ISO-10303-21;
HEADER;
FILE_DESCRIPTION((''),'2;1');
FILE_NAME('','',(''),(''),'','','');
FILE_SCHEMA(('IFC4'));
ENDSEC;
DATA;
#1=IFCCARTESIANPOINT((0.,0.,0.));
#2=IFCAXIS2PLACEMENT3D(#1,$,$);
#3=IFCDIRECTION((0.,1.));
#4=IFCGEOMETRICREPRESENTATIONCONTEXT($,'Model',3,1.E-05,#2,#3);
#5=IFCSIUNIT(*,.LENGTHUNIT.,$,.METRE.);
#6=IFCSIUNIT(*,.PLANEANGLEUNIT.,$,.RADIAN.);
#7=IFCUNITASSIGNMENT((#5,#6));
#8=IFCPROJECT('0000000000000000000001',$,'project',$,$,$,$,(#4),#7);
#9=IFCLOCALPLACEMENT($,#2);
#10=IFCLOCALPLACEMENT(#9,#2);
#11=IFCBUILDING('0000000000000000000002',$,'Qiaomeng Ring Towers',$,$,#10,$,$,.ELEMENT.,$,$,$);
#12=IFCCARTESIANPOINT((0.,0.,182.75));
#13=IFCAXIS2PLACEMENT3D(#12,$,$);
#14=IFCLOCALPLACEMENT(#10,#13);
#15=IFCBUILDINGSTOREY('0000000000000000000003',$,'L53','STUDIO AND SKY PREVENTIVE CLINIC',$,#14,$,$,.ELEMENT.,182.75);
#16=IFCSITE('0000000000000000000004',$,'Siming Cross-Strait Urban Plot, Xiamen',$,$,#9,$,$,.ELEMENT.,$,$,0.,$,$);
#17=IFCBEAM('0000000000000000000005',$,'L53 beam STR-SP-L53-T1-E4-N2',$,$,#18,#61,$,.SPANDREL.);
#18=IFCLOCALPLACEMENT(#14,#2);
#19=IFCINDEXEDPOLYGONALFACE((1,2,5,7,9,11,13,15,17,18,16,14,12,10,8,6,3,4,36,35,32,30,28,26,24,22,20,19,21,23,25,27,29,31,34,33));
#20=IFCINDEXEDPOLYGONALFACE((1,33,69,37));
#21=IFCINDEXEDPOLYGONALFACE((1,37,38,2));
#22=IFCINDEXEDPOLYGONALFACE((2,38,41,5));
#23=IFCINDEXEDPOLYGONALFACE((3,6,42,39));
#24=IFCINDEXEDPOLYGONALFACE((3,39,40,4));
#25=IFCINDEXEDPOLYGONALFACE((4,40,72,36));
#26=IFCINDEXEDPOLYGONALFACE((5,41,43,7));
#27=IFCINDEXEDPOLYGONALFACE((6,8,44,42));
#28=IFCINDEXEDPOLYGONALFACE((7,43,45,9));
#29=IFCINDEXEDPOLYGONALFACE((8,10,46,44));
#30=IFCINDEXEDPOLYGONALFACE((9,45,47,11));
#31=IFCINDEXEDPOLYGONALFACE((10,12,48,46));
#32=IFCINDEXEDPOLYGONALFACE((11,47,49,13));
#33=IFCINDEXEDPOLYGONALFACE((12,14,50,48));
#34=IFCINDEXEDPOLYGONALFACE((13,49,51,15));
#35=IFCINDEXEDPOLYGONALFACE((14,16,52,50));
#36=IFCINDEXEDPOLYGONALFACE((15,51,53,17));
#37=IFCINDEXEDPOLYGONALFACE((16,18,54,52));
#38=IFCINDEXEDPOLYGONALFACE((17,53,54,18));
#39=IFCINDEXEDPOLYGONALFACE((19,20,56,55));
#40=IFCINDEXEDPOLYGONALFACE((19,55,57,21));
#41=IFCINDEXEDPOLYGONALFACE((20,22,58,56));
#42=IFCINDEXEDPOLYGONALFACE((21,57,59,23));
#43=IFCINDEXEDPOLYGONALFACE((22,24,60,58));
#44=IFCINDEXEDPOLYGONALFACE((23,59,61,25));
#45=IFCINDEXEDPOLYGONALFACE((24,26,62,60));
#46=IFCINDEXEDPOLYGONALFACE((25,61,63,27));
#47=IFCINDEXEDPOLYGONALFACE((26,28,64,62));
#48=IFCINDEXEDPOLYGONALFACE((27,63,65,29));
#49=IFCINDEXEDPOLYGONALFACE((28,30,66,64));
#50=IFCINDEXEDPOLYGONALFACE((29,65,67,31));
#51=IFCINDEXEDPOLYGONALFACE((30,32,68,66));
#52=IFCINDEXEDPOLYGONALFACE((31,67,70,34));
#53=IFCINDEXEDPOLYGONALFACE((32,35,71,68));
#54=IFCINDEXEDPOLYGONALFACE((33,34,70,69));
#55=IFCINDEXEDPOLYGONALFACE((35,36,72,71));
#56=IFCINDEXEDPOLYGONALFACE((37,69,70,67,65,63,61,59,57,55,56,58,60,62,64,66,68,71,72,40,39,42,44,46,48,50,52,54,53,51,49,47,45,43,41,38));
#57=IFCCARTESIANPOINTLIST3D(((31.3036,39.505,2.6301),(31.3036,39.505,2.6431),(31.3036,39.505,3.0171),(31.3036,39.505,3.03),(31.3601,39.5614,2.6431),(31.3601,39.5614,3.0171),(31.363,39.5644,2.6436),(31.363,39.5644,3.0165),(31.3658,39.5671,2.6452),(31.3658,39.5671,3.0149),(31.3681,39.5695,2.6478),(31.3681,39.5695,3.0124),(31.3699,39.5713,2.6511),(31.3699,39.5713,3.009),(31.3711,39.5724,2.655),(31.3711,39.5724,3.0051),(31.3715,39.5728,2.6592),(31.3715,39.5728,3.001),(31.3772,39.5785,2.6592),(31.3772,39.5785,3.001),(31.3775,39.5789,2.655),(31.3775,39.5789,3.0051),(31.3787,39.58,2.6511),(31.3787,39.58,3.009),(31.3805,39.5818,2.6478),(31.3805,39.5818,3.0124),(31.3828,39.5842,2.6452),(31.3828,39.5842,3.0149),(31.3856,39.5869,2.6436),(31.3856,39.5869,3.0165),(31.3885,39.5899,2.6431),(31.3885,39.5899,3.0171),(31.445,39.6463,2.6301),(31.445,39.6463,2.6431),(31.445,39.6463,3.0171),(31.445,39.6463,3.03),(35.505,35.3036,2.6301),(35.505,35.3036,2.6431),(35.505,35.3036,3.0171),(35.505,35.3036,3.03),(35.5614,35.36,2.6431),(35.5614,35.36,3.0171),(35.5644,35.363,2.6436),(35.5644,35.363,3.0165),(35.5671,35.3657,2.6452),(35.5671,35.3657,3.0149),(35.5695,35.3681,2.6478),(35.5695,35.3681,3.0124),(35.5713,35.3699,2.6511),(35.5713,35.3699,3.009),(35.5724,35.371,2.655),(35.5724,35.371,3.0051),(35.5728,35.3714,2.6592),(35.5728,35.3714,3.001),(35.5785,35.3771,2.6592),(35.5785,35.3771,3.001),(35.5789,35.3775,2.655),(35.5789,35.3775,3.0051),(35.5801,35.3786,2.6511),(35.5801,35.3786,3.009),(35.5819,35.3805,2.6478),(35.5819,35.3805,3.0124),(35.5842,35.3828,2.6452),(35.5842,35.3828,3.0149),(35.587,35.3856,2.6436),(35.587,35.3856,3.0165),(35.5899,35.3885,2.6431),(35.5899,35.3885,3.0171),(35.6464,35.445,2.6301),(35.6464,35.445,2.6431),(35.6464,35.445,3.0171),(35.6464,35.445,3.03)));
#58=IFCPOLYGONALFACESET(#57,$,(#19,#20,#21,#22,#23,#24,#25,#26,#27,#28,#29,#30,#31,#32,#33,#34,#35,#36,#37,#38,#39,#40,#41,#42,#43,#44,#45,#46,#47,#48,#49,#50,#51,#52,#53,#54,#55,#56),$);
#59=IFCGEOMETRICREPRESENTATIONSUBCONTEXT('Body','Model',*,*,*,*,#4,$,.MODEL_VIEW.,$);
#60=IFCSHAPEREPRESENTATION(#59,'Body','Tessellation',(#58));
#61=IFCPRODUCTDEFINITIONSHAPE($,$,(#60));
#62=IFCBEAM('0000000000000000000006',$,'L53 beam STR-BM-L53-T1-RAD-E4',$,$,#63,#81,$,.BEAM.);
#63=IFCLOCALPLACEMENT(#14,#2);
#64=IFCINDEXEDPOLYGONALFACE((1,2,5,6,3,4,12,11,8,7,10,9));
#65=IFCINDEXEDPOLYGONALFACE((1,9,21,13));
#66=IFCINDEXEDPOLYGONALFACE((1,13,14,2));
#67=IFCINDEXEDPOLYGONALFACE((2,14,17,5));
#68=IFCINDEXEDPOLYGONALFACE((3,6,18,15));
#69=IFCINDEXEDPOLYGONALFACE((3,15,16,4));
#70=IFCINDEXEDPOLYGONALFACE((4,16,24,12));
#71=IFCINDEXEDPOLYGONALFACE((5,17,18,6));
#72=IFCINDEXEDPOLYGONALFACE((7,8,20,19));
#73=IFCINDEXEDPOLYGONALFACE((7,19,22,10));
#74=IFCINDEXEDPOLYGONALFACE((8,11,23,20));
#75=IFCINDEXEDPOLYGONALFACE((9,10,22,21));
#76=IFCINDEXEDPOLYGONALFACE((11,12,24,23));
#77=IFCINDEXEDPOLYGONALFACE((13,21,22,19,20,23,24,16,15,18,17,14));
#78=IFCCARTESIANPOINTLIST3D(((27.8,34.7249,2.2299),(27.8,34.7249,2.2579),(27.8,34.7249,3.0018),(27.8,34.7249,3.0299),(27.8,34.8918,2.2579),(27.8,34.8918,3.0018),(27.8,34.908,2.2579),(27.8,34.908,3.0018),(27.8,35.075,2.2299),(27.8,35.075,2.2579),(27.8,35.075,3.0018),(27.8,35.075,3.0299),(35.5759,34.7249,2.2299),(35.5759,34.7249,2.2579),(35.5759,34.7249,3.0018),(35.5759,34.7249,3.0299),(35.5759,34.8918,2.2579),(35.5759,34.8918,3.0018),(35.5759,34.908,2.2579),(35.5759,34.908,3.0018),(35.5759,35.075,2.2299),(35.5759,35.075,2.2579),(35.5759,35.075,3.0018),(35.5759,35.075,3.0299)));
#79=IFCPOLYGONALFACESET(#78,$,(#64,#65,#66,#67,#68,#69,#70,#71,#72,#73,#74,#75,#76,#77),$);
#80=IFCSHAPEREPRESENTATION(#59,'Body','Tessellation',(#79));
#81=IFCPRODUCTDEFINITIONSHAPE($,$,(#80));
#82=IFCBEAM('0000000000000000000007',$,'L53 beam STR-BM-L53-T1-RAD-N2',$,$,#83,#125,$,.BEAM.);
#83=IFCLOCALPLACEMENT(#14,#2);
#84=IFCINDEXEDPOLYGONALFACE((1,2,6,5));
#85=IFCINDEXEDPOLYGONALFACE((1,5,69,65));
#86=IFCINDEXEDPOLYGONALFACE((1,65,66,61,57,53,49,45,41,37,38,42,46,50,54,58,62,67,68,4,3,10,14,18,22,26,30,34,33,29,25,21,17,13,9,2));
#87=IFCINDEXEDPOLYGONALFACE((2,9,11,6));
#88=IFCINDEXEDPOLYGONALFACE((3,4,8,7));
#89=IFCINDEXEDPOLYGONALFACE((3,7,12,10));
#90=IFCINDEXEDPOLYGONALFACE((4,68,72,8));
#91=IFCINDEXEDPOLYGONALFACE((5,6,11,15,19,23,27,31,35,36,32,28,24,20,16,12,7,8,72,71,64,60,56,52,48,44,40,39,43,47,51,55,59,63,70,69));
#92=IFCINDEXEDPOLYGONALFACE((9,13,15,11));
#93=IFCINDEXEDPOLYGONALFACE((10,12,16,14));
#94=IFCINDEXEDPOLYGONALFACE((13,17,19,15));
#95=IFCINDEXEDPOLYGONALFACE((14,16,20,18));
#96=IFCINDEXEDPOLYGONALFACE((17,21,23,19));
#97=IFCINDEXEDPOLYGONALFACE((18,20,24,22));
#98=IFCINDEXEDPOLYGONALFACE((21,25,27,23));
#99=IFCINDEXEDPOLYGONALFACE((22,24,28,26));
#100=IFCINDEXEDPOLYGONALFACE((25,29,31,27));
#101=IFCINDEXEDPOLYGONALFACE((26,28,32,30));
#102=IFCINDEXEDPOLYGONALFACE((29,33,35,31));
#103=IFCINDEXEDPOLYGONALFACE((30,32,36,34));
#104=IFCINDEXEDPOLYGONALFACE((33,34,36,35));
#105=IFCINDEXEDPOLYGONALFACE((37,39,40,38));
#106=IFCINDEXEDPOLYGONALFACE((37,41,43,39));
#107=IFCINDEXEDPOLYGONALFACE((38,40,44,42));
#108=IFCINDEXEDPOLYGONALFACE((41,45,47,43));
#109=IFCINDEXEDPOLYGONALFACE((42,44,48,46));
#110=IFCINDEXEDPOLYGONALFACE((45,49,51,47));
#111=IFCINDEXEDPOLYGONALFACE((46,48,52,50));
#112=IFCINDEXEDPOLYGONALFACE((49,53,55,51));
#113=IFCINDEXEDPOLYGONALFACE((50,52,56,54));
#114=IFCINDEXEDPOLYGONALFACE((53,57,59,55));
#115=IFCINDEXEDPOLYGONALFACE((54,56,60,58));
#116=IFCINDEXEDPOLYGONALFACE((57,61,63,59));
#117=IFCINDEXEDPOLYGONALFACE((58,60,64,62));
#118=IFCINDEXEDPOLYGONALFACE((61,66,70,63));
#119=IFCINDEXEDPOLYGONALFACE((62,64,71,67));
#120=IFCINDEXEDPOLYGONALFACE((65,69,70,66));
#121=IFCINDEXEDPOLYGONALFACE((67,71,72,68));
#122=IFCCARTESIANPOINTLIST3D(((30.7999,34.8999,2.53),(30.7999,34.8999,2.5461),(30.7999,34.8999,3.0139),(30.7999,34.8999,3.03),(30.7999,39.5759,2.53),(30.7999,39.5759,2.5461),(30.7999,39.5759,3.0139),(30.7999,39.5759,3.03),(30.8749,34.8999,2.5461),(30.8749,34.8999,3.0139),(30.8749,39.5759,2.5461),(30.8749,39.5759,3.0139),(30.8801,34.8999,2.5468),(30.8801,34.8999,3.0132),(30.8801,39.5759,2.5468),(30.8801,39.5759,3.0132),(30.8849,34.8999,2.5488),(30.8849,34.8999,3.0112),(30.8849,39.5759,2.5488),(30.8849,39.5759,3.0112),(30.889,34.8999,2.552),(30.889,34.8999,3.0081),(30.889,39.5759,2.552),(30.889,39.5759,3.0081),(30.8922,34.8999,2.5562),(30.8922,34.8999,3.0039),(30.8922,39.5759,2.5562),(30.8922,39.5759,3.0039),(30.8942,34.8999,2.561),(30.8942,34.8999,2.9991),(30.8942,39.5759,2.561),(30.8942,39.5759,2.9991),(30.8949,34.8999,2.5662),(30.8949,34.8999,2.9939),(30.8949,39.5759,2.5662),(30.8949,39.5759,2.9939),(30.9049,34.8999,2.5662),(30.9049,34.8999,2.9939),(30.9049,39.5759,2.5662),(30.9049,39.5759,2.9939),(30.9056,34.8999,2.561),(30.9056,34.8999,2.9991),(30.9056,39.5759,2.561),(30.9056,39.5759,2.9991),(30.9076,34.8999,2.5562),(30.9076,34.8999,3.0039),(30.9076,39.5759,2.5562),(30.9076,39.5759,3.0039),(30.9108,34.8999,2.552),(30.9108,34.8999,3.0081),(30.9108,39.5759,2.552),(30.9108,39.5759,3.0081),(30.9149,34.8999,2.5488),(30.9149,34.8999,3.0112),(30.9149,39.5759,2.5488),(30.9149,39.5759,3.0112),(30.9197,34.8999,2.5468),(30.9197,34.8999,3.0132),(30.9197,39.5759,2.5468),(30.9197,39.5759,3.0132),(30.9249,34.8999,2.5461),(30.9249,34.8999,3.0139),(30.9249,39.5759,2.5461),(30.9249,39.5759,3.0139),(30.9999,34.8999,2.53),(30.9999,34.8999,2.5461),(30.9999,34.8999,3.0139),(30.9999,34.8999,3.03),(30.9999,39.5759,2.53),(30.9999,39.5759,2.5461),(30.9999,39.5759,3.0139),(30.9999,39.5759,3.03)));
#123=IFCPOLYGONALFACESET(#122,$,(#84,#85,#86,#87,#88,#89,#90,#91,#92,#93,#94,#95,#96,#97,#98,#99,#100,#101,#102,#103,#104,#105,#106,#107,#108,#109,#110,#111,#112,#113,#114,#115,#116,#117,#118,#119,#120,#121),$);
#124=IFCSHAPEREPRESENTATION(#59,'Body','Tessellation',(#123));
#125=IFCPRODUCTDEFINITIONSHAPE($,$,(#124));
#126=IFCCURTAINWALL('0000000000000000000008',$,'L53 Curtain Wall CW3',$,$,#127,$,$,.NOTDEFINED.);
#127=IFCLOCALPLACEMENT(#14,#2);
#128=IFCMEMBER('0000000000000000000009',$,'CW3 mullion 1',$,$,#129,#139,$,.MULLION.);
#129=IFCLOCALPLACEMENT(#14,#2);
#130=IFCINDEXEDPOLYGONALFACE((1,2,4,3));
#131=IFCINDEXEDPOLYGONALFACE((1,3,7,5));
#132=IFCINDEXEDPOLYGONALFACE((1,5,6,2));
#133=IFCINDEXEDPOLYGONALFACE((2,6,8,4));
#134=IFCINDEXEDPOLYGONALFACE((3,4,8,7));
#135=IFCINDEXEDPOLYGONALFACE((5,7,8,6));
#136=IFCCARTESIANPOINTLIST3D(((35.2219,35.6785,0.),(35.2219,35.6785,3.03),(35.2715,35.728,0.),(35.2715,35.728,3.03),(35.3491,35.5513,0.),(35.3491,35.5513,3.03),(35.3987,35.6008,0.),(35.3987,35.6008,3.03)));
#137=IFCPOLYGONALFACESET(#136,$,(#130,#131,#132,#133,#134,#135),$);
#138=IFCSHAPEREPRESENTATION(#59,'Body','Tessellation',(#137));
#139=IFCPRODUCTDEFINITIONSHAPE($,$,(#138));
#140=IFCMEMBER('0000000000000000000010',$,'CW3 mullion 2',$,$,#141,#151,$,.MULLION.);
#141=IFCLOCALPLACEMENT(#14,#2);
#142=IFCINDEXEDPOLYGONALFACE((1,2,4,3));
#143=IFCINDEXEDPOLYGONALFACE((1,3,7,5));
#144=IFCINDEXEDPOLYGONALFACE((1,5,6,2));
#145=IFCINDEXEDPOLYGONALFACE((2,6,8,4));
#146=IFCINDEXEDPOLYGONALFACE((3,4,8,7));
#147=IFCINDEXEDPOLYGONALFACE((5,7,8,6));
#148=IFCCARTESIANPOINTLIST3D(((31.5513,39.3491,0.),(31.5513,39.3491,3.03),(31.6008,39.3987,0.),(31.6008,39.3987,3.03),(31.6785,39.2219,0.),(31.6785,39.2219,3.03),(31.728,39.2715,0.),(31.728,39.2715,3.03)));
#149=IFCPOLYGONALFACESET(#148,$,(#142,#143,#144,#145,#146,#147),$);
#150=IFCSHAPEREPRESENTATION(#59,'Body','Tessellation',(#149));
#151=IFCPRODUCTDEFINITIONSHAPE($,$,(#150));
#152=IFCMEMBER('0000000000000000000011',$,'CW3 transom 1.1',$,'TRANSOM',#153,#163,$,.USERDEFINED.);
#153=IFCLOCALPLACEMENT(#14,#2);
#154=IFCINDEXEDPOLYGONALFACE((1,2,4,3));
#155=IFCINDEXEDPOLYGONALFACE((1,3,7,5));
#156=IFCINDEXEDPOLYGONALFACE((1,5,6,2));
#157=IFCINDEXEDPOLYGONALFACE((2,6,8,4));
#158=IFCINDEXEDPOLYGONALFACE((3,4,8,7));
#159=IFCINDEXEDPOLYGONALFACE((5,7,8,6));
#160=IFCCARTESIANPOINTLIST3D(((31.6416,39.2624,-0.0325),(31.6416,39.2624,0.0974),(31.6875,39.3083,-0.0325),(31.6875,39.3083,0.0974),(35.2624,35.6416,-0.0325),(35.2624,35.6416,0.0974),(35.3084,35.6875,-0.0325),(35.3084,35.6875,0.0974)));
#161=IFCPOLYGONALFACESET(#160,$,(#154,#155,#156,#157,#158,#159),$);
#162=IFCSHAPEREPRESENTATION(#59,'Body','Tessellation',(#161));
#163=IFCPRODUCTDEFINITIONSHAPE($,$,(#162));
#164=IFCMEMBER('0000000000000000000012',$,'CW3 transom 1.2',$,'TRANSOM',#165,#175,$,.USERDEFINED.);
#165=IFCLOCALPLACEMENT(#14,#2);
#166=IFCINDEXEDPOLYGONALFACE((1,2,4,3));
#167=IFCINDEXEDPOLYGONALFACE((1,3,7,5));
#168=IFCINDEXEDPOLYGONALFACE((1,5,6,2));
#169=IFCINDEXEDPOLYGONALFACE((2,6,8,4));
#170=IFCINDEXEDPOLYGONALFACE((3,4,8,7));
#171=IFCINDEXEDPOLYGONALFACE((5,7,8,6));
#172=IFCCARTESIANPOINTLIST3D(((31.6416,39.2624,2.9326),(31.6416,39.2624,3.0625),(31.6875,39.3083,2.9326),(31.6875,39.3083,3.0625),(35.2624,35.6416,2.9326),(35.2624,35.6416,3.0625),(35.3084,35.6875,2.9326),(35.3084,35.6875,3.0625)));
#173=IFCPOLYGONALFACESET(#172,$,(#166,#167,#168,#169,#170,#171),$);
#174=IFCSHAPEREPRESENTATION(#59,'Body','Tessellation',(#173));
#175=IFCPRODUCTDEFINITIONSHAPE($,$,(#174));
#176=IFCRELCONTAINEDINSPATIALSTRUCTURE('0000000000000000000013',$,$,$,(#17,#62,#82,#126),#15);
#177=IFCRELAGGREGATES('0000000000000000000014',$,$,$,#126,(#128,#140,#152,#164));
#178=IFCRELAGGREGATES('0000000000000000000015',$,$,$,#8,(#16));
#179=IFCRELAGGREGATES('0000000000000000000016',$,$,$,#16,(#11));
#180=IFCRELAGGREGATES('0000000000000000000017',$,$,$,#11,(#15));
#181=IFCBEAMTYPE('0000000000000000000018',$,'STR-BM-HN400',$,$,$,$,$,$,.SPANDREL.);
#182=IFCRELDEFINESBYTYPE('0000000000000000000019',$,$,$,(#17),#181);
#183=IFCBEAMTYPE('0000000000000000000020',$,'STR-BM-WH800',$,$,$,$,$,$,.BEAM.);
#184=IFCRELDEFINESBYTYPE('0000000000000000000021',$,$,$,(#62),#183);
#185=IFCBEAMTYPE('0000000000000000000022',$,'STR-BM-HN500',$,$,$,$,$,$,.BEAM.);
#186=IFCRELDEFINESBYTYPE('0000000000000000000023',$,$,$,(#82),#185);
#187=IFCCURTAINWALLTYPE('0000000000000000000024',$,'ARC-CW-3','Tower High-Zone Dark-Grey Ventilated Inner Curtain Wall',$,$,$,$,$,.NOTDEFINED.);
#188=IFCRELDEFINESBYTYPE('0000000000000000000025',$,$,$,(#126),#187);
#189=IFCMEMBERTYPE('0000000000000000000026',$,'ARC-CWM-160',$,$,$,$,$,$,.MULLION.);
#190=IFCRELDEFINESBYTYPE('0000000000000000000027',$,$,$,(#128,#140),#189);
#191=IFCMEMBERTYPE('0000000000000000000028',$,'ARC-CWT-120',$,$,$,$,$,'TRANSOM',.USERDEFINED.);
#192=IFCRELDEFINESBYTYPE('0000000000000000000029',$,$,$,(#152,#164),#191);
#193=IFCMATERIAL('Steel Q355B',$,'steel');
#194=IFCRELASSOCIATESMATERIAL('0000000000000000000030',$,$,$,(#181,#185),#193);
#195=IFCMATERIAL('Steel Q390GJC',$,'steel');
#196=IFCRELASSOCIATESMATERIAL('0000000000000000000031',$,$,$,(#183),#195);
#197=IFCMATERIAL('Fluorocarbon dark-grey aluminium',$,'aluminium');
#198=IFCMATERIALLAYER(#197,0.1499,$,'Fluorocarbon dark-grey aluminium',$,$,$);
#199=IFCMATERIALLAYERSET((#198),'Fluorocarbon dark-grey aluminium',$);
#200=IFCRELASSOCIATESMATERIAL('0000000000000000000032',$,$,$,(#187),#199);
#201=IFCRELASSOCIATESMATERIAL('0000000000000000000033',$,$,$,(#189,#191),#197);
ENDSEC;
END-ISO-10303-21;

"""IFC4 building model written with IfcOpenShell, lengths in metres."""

from ifc_helpers import new_model, si_unit, direction, frame, origin, origin_2d, place, context, subcontext, project, spatial, rectangle, i_section, extrude, source, transform, mapped, material, layer, layer_set, material_profile, profile_set, type_object, element, aggregate, save


model = new_model("IFC4")

# Units and contexts
model_context = context("Model", 3, precision=1e-05, world=origin(), true_north=direction((0.0, 1.0)))
body_context = subcontext(model_context, "Body", "Model", "MODEL_VIEW")
ifc_project = project(units=[si_unit("LENGTHUNIT", "METRE"), si_unit("PLANEANGLEUNIT", "RADIAN")], contexts=[model_context])

# Site, building, storey
site_placement = place(None, origin())
site = spatial("IfcSite", under=ifc_project, at=site_placement, Name="Siming Cross-Strait Urban Plot, Xiamen", CompositionType="ELEMENT", RefElevation=0.0)
building_placement = place(site_placement, origin())
building = spatial("IfcBuilding", under=site, at=building_placement, Name="Qiaomeng Ring Towers", CompositionType="ELEMENT")
storey_placement = place(building_placement, frame((0.0, 0.0, 182.75)))
storey = spatial("IfcBuildingStorey", under=building, at=storey_placement, Name="L53", Description="STUDIO AND SKY PREVENTIVE CLINIC", CompositionType="ELEMENT", Elevation=182.75)

# Beams
ifc_material_1 = material(Name="Steel Q355B", Category="steel")
ifc_material_profile_1 = material_profile(ifc_material_1, i_section(OverallWidth=0.2, OverallDepth=0.3999, WebThickness=0.0081, FlangeThickness=0.0129, FilletRadius=0.0161, at=origin_2d()), Name="HN 400x200x8x13")
ifc_profile_set_1 = profile_set([ifc_material_profile_1], Name="Steel Q355B")
beam_type_1 = type_object("IfcBeamType", Name="STR-BM-HN400", PredefinedType="SPANDREL", material=ifc_profile_set_1)
shared_shape_1 = source(origin(), body_context, "Body", "SweptSolid", [
    extrude(i_section(OverallWidth=0.2, OverallDepth=0.3999, WebThickness=0.0081, FlangeThickness=0.0129, FilletRadius=0.0161, at=origin_2d()), origin(), (0.0, 0.0, 1.0), 5.9417),
])
beam_1_placement = place(storey_placement, frame((35.5757, 35.3743, 2.8301), z_axis=(-0.707107, 0.707107, 0.0), x_axis=(-0.707107, -0.707107, 0.0)))
element("IfcBeam", 1, at=beam_1_placement, inside=storey, type_object=beam_type_1, Name="L53 beam STR-SP-L53-T1-E4-N2", PredefinedType="SPANDREL", context=body_context, shape_type="MappedRepresentation", body=[
    mapped(shared_shape_1, transform((0.0, 0.0, 0.0), x_axis=(1.0, 0.0, 0.0), y_axis=(0.0, 1.0, 0.0), z_axis=(0.0, 0.0, 1.0), scale=1.0)),
])
ifc_material_2 = material(Name="Steel Q390GJC", Category="steel")
ifc_material_profile_2 = material_profile(ifc_material_2, i_section(OverallWidth=0.3501, OverallDepth=0.8, WebThickness=0.0161, FlangeThickness=0.0281, at=origin_2d()), Name="WH 800x350x16x28")
ifc_profile_set_2 = profile_set([ifc_material_profile_2], Name="Steel Q390GJC")
beam_type_2 = type_object("IfcBeamType", Name="STR-BM-WH800", PredefinedType="BEAM", material=ifc_profile_set_2)
shared_shape_2 = source(origin(), body_context, "Body", "SweptSolid", [
    extrude(i_section(OverallWidth=0.3501, OverallDepth=0.8, WebThickness=0.0161, FlangeThickness=0.0281, at=origin_2d()), origin(), (0.0, 0.0, 1.0), 7.7759),
])
beam_2_placement = place(storey_placement, frame((27.8, 34.8999, 2.6299), z_axis=(1.0, 0.0, 0.0), x_axis=(0.0, 1.0, 0.0)))
element("IfcBeam", 2, at=beam_2_placement, inside=storey, type_object=beam_type_2, Name="L53 beam STR-BM-L53-T1-RAD-E4", PredefinedType="BEAM", context=body_context, shape_type="MappedRepresentation", body=[
    mapped(shared_shape_2, transform((0.0, 0.0, 0.0), x_axis=(1.0, 0.0, 0.0), y_axis=(0.0, 1.0, 0.0), z_axis=(0.0, 0.0, 1.0), scale=1.0)),
])
ifc_material_profile_3 = material_profile(ifc_material_1, i_section(OverallWidth=0.2, OverallDepth=0.5, WebThickness=0.01, FlangeThickness=0.0161, FilletRadius=0.02, at=origin_2d()), Name="HN 500x200x10x16")
ifc_profile_set_3 = profile_set([ifc_material_profile_3], Name="Steel Q355B")
beam_type_3 = type_object("IfcBeamType", Name="STR-BM-HN500", PredefinedType="BEAM", material=ifc_profile_set_3)
shared_shape_3 = source(origin(), body_context, "Body", "SweptSolid", [
    extrude(i_section(OverallWidth=0.2, OverallDepth=0.5, WebThickness=0.01, FlangeThickness=0.0161, FilletRadius=0.02, at=origin_2d()), origin(), (0.0, 0.0, 1.0), 4.676),
])
beam_3_placement = place(storey_placement, frame((30.8999, 39.5759, 2.78), z_axis=(0.0, -1.0, 0.0), x_axis=(1.0, 0.0, 0.0)))
element("IfcBeam", 3, at=beam_3_placement, inside=storey, type_object=beam_type_3, Name="L53 beam STR-BM-L53-T1-RAD-N2", PredefinedType="BEAM", context=body_context, shape_type="MappedRepresentation", body=[
    mapped(shared_shape_3, transform((0.0, 0.0, 0.0), x_axis=(1.0, 0.0, 0.0), y_axis=(0.0, 1.0, 0.0), z_axis=(0.0, 0.0, 1.0), scale=1.0)),
])

# Curtain wall, members
ifc_material_3 = material(Name="Fluorocarbon dark-grey aluminium", Category="aluminium")
ifc_layer_1 = layer(ifc_material_3, 0.1499, Name="Fluorocarbon dark-grey aluminium")
ifc_layer_set_1 = layer_set([ifc_layer_1], Name="Fluorocarbon dark-grey aluminium")
curtain_wall_type = type_object("IfcCurtainWallType", Name="ARC-CW-3", Description="Tower High-Zone Dark-Grey Ventilated Inner Curtain Wall", PredefinedType="NOTDEFINED", material=ifc_layer_set_1)
curtain_wall_placement = place(storey_placement, origin())
curtain_wall = element("IfcCurtainWall", 4, at=curtain_wall_placement, inside=storey, type_object=curtain_wall_type, Name="L53 Curtain Wall CW3", PredefinedType="NOTDEFINED")
ifc_material_profile_4 = material_profile(ifc_material_3, rectangle(XDim=0.0701, YDim=0.1799, at=origin_2d()), Name="ALU MULL 70x180")
ifc_profile_set_4 = profile_set([ifc_material_profile_4], Name="Fluorocarbon dark-grey aluminium")
member_type_1 = type_object("IfcMemberType", Name="ARC-CWM-160", PredefinedType="MULLION", material=ifc_profile_set_4)
shared_shape_4 = source(origin(), body_context, "Body", "SweptSolid", [
    extrude(rectangle(XDim=0.0701, YDim=0.1799, at=origin_2d()), origin(), (0.0, 0.0, 1.0), 3.03),
])
member_1_placement = place(storey_placement, frame((35.3103, 35.6396, 0.0), z_axis=(0.0, 0.0, 1.0), x_axis=(-0.707107, -0.707107, 0.0)))
member_1 = element("IfcMember", 5, at=member_1_placement, type_object=member_type_1, Name="CW3 mullion 1", PredefinedType="MULLION", context=body_context, shape_type="MappedRepresentation", body=[
    mapped(shared_shape_4, transform((0.0, 0.0, 0.0), x_axis=(1.0, 0.0, 0.0), y_axis=(0.0, 1.0, 0.0), z_axis=(0.0, 0.0, 1.0), scale=1.0)),
])
member_2_placement = place(storey_placement, frame((31.6396, 39.3103, 0.0), z_axis=(0.0, 0.0, 1.0), x_axis=(-0.707107, -0.707107, 0.0)))
member_2 = element("IfcMember", 6, at=member_2_placement, type_object=member_type_1, Name="CW3 mullion 2", PredefinedType="MULLION", context=body_context, shape_type="MappedRepresentation", body=[
    mapped(shared_shape_4, transform((0.0, 0.0, 0.0), x_axis=(1.0, 0.0, 0.0), y_axis=(0.0, 1.0, 0.0), z_axis=(0.0, 0.0, 1.0), scale=1.0)),
])
ifc_material_profile_5 = material_profile(ifc_material_3, rectangle(XDim=0.0649, YDim=0.1299, at=origin_2d()), Name="ALU TRAN 65x130")
ifc_profile_set_5 = profile_set([ifc_material_profile_5], Name="Fluorocarbon dark-grey aluminium")
member_type_2 = type_object("IfcMemberType", Name="ARC-CWT-120", ElementType="TRANSOM", PredefinedType="USERDEFINED", material=ifc_profile_set_5)
shared_shape_5 = source(origin(), body_context, "Body", "SweptSolid", [
    extrude(rectangle(XDim=0.0649, YDim=0.1299, at=origin_2d()), origin(), (0.0, 0.0, 1.0), 5.1206),
])
member_3_placement = place(storey_placement, frame((35.2854, 35.6646, 0.0325), z_axis=(-0.707107, 0.707107, 0.0), x_axis=(-0.707107, -0.707107, 0.0)))
member_3 = element("IfcMember", 7, at=member_3_placement, type_object=member_type_2, Name="CW3 transom 1.1", ObjectType="TRANSOM", PredefinedType="USERDEFINED", context=body_context, shape_type="MappedRepresentation", body=[
    mapped(shared_shape_5, transform((0.0, 0.0, 0.0), x_axis=(1.0, 0.0, 0.0), y_axis=(0.0, 1.0, 0.0), z_axis=(0.0, 0.0, 1.0), scale=1.0)),
])
member_4_placement = place(storey_placement, frame((35.2854, 35.6646, 2.9976), z_axis=(-0.707107, 0.707107, 0.0), x_axis=(-0.707107, -0.707107, 0.0)))
member_4 = element("IfcMember", 8, at=member_4_placement, type_object=member_type_2, Name="CW3 transom 1.2", ObjectType="TRANSOM", PredefinedType="USERDEFINED", context=body_context, shape_type="MappedRepresentation", body=[
    mapped(shared_shape_5, transform((0.0, 0.0, 0.0), x_axis=(1.0, 0.0, 0.0), y_axis=(0.0, 1.0, 0.0), z_axis=(0.0, 0.0, 1.0), scale=1.0)),
])
aggregate(curtain_wall, [member_1, member_2, member_3, member_4])

save(model, "model.ifc")
